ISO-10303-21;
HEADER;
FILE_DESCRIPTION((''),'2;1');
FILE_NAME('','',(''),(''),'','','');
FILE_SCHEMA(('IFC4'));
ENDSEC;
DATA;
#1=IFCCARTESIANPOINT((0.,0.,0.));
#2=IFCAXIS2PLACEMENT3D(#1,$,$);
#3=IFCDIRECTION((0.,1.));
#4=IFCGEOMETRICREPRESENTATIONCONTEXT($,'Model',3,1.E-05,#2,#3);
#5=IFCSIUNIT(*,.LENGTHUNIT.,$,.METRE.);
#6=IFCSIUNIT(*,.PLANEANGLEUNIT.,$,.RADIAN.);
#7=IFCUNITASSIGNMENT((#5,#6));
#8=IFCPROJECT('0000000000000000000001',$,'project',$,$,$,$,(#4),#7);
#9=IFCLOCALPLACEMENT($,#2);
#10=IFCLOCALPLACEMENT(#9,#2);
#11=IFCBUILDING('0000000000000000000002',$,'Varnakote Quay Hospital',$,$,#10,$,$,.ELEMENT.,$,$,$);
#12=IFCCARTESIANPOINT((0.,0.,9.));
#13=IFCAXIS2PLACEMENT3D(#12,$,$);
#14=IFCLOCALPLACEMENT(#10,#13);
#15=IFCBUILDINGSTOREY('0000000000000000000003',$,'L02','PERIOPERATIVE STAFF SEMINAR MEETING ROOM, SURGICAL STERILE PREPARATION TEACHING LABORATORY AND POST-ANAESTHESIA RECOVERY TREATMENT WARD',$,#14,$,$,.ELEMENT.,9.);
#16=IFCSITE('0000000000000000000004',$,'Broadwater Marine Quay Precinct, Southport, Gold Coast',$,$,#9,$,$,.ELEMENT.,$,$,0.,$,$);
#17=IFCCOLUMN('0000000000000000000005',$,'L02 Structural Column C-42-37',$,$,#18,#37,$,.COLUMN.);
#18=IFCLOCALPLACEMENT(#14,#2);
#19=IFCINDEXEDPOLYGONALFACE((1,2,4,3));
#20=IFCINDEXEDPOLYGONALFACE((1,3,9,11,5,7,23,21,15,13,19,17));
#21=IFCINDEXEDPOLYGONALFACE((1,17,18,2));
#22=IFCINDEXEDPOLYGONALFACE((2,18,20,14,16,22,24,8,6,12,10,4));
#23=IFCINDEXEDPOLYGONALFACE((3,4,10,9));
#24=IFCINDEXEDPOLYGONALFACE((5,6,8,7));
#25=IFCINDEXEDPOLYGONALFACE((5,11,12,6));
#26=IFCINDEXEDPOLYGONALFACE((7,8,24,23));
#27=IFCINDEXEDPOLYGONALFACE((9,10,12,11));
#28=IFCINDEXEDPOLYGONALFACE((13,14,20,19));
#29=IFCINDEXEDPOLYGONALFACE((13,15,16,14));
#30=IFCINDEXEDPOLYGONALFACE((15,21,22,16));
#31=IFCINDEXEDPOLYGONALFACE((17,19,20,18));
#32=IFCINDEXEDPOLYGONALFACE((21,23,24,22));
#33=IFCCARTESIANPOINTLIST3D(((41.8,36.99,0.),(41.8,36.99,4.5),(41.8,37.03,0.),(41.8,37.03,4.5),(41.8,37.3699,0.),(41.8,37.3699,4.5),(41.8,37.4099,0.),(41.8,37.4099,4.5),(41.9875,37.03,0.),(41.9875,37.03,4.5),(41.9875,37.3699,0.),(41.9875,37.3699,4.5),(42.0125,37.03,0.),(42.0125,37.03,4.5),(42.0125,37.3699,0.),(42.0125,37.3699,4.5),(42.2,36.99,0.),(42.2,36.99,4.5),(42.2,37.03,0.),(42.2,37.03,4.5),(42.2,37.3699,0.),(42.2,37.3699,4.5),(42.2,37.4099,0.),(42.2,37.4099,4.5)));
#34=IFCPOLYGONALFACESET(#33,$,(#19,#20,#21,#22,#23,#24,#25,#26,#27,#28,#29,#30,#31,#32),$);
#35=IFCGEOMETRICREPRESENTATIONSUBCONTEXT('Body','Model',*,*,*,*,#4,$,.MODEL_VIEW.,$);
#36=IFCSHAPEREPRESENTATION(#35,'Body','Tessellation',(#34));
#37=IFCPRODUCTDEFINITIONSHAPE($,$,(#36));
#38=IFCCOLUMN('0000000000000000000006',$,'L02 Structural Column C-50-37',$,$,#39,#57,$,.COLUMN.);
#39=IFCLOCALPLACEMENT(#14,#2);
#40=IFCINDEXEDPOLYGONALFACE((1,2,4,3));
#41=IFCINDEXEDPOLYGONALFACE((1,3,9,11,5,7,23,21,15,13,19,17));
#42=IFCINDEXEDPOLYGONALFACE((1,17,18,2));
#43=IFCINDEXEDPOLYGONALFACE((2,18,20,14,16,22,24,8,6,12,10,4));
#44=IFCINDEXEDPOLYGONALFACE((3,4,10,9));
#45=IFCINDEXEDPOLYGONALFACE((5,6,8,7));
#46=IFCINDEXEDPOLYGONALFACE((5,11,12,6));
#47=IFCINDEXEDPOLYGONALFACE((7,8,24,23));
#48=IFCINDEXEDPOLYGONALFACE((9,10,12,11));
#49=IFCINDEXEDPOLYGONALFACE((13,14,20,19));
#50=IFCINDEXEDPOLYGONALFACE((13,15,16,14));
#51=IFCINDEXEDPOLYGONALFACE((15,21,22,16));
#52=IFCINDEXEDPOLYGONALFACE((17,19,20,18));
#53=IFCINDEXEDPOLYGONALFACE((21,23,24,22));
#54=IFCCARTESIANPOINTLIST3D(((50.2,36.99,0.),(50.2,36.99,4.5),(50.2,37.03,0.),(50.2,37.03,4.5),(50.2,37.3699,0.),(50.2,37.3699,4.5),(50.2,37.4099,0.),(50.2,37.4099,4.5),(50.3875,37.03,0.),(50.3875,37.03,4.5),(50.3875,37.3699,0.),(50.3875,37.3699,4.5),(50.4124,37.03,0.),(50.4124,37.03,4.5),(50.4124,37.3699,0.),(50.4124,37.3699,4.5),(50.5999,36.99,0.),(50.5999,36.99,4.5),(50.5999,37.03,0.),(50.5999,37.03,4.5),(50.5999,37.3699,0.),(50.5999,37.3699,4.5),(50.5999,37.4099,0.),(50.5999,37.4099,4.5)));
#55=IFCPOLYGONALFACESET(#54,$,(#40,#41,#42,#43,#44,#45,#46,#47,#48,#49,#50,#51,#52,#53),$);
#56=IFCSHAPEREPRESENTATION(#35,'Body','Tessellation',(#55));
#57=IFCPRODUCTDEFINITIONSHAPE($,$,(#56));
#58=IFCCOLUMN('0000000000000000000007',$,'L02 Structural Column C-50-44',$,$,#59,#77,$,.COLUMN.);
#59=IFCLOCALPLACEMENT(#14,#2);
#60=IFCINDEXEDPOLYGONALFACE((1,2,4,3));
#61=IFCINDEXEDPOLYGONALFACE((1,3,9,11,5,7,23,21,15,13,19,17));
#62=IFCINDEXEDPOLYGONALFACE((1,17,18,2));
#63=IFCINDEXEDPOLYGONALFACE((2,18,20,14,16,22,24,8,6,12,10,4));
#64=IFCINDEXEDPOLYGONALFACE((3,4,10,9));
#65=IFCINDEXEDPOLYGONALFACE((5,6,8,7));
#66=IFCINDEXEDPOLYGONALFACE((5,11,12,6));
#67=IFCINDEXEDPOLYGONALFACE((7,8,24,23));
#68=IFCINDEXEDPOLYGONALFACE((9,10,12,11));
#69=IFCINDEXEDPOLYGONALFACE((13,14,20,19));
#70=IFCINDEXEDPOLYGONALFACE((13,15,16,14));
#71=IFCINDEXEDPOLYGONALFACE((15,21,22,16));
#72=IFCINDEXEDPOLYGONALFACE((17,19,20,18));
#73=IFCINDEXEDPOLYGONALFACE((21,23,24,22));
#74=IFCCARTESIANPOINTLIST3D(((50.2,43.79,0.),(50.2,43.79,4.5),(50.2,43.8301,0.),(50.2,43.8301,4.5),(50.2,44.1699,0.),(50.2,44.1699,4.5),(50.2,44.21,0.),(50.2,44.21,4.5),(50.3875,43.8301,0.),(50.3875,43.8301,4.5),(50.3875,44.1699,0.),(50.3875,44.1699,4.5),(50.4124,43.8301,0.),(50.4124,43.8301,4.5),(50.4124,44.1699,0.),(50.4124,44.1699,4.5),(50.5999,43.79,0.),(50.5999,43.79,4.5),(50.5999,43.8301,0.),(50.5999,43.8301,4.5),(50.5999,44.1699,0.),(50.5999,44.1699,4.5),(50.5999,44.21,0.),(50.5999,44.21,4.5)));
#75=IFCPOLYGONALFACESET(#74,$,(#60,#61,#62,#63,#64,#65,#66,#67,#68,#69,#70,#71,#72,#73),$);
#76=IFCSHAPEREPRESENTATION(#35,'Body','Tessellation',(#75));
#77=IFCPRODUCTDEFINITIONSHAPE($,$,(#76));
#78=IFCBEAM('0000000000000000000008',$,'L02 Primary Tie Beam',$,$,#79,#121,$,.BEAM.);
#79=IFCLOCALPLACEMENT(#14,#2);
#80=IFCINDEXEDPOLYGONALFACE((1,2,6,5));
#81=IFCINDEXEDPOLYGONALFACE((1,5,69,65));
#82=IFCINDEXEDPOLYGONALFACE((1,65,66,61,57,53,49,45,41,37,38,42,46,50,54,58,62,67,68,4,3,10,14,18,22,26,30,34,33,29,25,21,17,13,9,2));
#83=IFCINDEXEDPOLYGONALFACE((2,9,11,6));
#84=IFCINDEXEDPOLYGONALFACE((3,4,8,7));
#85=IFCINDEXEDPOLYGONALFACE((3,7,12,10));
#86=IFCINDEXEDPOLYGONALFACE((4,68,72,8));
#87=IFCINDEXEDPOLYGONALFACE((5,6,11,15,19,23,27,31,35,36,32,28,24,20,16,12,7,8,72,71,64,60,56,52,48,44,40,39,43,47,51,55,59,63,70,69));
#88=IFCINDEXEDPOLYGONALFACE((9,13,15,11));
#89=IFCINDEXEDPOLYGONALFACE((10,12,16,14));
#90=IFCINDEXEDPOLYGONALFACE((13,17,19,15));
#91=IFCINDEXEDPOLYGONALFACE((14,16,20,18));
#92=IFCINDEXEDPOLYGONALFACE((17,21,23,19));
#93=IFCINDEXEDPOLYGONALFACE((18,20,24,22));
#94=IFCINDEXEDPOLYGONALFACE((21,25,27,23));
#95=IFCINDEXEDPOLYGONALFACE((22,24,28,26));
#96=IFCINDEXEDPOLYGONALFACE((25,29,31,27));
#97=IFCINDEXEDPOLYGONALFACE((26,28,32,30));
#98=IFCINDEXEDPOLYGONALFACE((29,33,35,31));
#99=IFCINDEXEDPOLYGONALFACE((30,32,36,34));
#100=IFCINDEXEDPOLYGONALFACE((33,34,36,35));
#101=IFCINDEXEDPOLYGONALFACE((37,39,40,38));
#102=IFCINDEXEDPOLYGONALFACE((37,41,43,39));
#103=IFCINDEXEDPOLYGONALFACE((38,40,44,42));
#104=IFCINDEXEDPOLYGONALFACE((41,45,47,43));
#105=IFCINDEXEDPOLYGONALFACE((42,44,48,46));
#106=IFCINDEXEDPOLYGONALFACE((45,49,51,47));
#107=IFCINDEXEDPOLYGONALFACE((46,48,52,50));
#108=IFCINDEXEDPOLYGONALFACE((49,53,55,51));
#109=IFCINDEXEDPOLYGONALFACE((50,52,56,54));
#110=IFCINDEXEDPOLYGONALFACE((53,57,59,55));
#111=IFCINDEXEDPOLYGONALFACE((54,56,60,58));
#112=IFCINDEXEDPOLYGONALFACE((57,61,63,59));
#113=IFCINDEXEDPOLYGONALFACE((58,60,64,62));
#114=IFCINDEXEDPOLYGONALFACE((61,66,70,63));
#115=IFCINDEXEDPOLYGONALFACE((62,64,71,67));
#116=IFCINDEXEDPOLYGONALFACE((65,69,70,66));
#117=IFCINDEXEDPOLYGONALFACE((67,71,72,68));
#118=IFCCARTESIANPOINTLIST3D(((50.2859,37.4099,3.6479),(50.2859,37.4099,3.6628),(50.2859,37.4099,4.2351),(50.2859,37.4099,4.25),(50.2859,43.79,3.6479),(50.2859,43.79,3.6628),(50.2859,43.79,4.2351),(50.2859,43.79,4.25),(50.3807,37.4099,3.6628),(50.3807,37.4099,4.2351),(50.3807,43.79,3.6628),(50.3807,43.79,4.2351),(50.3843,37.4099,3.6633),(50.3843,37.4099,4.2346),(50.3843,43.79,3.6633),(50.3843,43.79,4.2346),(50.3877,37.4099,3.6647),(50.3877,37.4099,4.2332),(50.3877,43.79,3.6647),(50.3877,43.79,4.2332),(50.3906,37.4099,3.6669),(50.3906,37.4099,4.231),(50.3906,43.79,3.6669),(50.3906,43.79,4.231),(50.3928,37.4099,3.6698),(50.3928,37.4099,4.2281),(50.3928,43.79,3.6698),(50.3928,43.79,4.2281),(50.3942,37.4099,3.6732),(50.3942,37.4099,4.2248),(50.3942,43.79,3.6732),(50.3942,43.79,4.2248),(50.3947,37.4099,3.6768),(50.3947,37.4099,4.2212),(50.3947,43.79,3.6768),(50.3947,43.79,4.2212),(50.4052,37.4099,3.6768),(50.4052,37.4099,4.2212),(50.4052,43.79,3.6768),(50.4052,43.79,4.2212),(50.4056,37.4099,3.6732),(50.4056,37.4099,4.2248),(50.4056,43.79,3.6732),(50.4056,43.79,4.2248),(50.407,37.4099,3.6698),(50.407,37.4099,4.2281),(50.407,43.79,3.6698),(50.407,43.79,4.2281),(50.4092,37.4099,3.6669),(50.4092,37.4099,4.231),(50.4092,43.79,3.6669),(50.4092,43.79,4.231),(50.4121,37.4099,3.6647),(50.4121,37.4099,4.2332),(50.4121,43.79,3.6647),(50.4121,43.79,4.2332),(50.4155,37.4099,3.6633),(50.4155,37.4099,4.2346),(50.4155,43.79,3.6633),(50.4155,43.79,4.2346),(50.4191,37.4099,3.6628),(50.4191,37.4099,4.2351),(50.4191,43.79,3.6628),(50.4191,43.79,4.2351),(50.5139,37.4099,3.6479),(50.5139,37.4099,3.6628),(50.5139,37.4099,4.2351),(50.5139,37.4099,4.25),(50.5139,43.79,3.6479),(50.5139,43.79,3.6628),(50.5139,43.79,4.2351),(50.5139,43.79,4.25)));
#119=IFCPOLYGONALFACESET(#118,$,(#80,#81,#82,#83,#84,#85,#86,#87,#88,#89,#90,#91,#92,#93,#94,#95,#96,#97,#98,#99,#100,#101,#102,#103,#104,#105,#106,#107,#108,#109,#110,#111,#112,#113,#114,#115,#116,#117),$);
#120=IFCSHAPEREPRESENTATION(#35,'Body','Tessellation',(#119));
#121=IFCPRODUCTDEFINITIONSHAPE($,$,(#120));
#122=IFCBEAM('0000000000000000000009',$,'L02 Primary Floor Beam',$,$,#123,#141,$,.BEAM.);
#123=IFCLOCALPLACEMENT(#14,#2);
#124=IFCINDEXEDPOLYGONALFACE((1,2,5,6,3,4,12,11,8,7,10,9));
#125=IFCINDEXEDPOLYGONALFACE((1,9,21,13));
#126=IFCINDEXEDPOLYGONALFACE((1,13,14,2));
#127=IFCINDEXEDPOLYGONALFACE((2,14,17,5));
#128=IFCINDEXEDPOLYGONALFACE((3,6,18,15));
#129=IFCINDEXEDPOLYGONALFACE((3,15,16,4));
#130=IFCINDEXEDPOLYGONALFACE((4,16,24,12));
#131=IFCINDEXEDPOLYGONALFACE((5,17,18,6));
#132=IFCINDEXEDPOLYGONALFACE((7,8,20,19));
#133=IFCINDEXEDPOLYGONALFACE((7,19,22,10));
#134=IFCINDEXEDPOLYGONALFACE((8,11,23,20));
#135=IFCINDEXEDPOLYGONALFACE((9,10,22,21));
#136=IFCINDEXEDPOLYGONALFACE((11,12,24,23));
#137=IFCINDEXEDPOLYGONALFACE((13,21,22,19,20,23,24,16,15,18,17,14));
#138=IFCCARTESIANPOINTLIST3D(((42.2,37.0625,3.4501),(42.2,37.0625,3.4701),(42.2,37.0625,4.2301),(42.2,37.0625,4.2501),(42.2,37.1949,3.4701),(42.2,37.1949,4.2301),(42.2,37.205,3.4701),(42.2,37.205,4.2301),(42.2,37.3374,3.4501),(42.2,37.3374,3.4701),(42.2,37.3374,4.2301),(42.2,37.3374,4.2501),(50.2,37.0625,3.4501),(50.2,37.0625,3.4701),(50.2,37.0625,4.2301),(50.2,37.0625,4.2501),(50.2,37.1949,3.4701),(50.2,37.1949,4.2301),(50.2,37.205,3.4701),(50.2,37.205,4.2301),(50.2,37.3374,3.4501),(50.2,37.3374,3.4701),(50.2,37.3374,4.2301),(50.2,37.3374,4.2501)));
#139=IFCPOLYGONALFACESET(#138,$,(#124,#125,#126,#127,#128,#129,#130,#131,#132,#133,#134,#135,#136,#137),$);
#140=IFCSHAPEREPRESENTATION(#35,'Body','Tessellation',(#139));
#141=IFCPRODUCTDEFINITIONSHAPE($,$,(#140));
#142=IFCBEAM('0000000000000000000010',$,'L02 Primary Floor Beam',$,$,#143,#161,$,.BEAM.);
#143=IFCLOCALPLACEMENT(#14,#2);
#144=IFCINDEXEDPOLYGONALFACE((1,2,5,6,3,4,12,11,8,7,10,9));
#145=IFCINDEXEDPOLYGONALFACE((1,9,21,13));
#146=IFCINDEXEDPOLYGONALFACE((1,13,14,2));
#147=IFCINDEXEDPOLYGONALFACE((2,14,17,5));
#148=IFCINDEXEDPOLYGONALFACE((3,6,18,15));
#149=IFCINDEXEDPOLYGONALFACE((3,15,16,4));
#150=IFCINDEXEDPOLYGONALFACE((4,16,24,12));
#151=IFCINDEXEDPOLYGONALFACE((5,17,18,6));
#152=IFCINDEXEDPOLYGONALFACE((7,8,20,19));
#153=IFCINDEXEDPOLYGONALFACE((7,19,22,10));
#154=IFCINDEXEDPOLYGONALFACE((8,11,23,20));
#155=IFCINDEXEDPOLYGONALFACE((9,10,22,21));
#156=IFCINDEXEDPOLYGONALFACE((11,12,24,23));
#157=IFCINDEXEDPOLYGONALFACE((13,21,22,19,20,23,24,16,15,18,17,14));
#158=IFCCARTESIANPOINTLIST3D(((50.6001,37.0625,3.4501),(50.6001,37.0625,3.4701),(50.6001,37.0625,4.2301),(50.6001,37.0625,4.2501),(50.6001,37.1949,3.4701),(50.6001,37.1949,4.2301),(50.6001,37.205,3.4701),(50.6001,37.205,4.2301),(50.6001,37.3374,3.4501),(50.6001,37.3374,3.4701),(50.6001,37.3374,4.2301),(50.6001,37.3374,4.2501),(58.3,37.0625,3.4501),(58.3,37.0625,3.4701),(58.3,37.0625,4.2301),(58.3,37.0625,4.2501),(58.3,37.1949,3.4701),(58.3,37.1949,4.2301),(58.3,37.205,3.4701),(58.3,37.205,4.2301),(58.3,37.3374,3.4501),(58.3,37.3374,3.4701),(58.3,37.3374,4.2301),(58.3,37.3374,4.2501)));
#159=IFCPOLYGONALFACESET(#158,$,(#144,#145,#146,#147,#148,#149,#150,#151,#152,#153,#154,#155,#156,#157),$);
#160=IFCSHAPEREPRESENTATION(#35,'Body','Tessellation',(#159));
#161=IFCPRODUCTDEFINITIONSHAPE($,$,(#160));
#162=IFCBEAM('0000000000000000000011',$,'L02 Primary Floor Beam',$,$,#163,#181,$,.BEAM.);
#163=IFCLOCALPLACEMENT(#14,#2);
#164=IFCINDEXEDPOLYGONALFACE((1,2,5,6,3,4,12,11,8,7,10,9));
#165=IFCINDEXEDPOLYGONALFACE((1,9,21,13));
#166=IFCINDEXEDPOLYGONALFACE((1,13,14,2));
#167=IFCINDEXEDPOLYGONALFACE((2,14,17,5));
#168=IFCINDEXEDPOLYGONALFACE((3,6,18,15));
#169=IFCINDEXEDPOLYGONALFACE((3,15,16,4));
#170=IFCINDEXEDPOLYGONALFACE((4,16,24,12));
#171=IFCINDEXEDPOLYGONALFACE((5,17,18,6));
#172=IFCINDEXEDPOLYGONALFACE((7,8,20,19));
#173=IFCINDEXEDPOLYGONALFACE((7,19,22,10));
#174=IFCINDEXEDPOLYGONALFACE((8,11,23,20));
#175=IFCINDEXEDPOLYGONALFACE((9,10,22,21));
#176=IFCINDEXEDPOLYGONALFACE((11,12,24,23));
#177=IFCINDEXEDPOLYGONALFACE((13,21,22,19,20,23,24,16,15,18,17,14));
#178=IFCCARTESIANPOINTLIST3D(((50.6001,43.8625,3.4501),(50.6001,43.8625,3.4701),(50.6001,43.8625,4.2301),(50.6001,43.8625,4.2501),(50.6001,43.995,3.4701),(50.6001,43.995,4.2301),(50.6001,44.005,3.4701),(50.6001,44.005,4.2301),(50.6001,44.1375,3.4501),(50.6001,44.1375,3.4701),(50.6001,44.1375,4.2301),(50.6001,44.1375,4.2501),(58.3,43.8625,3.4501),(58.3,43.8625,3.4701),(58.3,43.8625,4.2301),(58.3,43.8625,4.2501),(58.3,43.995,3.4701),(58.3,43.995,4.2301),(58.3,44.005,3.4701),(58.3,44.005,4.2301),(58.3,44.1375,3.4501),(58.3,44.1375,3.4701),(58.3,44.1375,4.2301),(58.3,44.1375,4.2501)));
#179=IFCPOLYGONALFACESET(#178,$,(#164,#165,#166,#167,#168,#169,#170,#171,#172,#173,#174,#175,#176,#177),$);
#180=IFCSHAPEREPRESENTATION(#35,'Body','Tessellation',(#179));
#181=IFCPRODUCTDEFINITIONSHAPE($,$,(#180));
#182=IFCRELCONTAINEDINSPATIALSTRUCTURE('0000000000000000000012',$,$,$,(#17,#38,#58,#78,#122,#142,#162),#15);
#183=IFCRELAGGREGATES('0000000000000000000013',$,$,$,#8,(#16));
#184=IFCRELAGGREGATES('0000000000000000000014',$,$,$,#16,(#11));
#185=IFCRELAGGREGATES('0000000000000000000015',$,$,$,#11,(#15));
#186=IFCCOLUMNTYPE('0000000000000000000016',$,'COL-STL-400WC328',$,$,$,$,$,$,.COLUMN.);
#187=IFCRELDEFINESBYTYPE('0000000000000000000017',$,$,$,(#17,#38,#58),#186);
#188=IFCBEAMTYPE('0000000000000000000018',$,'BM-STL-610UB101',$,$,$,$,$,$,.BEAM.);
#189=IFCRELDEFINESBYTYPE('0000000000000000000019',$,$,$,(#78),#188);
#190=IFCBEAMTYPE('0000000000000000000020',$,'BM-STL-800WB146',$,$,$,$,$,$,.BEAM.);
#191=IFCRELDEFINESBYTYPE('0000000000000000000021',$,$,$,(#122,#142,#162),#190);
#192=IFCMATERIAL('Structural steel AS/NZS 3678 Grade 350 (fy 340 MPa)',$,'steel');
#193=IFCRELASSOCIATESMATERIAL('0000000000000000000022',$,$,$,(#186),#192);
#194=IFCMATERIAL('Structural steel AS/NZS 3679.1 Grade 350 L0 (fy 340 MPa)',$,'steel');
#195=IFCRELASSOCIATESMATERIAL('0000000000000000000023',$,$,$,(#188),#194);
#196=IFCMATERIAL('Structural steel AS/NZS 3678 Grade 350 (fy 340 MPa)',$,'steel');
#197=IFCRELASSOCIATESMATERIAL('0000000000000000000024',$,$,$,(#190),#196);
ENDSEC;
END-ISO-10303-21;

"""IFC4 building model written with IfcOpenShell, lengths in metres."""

from ifc_helpers import new_model, si_unit, direction, frame, origin, origin_2d, place, context, subcontext, project, spatial, i_section, extrude, material, material_profile, profile_set, type_object, element, save


model = new_model("IFC4")

# Units and contexts
model_context = context("Model", 3, precision=1e-05, world=origin(), true_north=direction((0.0, 1.0)))
body_context = subcontext(model_context, "Body", "Model", "MODEL_VIEW")
ifc_project = project(units=[si_unit("LENGTHUNIT", "METRE"), si_unit("PLANEANGLEUNIT", "RADIAN")], contexts=[model_context])

# Site, building, storey
site_placement = place(None, origin())
site = spatial("IfcSite", under=ifc_project, at=site_placement, Name="Broadwater Marine Quay Precinct, Southport, Gold Coast", CompositionType="ELEMENT", RefElevation=0.0)
building_placement = place(site_placement, origin())
building = spatial("IfcBuilding", under=site, at=building_placement, Name="Varnakote Quay Hospital", CompositionType="ELEMENT")
storey_placement = place(building_placement, frame((0.0, 0.0, 9.0)))
storey = spatial("IfcBuildingStorey", under=building, at=storey_placement, Name="L02", Description="PERIOPERATIVE STAFF SEMINAR MEETING ROOM, SURGICAL STERILE PREPARATION TEACHING LABORATORY AND POST-ANAESTHESIA RECOVERY TREATMENT WARD", CompositionType="ELEMENT", Elevation=9.0)

# Columns
ifc_material_1 = material(Name="Structural steel AS/NZS 3678 Grade 350 (fy 340 MPa)", Category="steel")
ifc_material_profile_1 = material_profile(ifc_material_1, i_section(OverallWidth=0.3999, OverallDepth=0.4199, WebThickness=0.0249, FlangeThickness=0.04, at=origin_2d()), Name="400WC328")
ifc_profile_set_1 = profile_set([ifc_material_profile_1], Name="Structural steel AS/NZS 3678 Grade 350 (fy 340 MPa)")
column_type = type_object("IfcColumnType", Name="COL-STL-400WC328", PredefinedType="COLUMN", material=ifc_profile_set_1)
for number, where, z_axis, x_axis, name in (
    (1, (42.0, 37.2, 0.0), (0.0, 0.0, 1.0), (1.0, 0.0, 0.0), "L02 Structural Column C-42-37"),
    (2, (50.3999, 37.2, 0.0), (0.0, 0.0, 1.0), (1.0, 0.0, 0.0), "L02 Structural Column C-50-37"),
    (3, (50.3999, 44.0, 0.0), (0.0, 0.0, 1.0), (1.0, 0.0, 0.0), "L02 Structural Column C-50-44"),
):
    element("IfcColumn", number, at=place(storey_placement, frame(where, z_axis=z_axis, x_axis=x_axis)), inside=storey, type_object=column_type, Name=name, PredefinedType="COLUMN", context=body_context, shape_type="SweptSolid", body=[
        extrude(i_section(OverallWidth=0.3999, OverallDepth=0.4199, WebThickness=0.0249, FlangeThickness=0.04, at=origin_2d()), origin(), (0.0, 0.0, 1.0), 4.5),
    ])

# Beams
ifc_material_2 = material(Name="Structural steel AS/NZS 3679.1 Grade 350 L0 (fy 340 MPa)", Category="steel")
ifc_material_profile_2 = material_profile(ifc_material_2, i_section(OverallWidth=0.228, OverallDepth=0.6021, WebThickness=0.0105, FlangeThickness=0.0149, FilletRadius=0.0139, at=origin_2d()), Name="610UB101")
ifc_profile_set_2 = profile_set([ifc_material_profile_2], Name="Structural steel AS/NZS 3679.1 Grade 350 L0 (fy 340 MPa)")
beam_type_1 = type_object("IfcBeamType", Name="BM-STL-610UB101", PredefinedType="BEAM", material=ifc_profile_set_2)
beam_1_placement = place(storey_placement, frame((50.3999, 37.4099, 3.949), z_axis=(0.0, 1.0, 0.0), x_axis=(-1.0, 0.0, 0.0)))
element("IfcBeam", 4, at=beam_1_placement, inside=storey, type_object=beam_type_1, Name="L02 Primary Tie Beam", PredefinedType="BEAM", context=body_context, shape_type="SweptSolid", body=[
    extrude(i_section(OverallWidth=0.228, OverallDepth=0.6021, WebThickness=0.0105, FlangeThickness=0.0149, FilletRadius=0.0139, at=origin_2d()), origin(), (0.0, 0.0, 1.0), 6.3801),
])
ifc_material_3 = material(Name="Structural steel AS/NZS 3678 Grade 350 (fy 340 MPa)", Category="steel")
ifc_material_profile_3 = material_profile(ifc_material_3, i_section(OverallWidth=0.2749, OverallDepth=0.8, WebThickness=0.01, FlangeThickness=0.02, at=origin_2d()), Name="800WB146")
ifc_profile_set_3 = profile_set([ifc_material_profile_3], Name="Structural steel AS/NZS 3678 Grade 350 (fy 340 MPa)")
beam_type_2 = type_object("IfcBeamType", Name="BM-STL-800WB146", PredefinedType="BEAM", material=ifc_profile_set_3)
beam_2_placement = place(storey_placement, frame((42.2, 37.2, 3.8501), z_axis=(1.0, 0.0, 0.0), x_axis=(0.0, 1.0, 0.0)))
element("IfcBeam", 5, at=beam_2_placement, inside=storey, type_object=beam_type_2, Name="L02 Primary Floor Beam", PredefinedType="BEAM", context=body_context, shape_type="SweptSolid", body=[
    extrude(i_section(OverallWidth=0.2749, OverallDepth=0.8, WebThickness=0.01, FlangeThickness=0.02, at=origin_2d()), origin(), (0.0, 0.0, 1.0), 8.0),
])
for number, where, z_axis, x_axis, name in (
    (6, (50.6001, 37.2, 3.8501), (1.0, 0.0, 0.0), (0.0, 1.0, 0.0), "L02 Primary Floor Beam"),
    (7, (50.6001, 44.0, 3.8501), (1.0, 0.0, 0.0), (0.0, 1.0, 0.0), "L02 Primary Floor Beam"),
):
    element("IfcBeam", number, at=place(storey_placement, frame(where, z_axis=z_axis, x_axis=x_axis)), inside=storey, type_object=beam_type_2, Name=name, PredefinedType="BEAM", context=body_context, shape_type="SweptSolid", body=[
        extrude(i_section(OverallWidth=0.2749, OverallDepth=0.8, WebThickness=0.01, FlangeThickness=0.02, at=origin_2d()), origin(), (0.0, 0.0, 1.0), 7.7),
    ])

save(model, "model.ifc")
